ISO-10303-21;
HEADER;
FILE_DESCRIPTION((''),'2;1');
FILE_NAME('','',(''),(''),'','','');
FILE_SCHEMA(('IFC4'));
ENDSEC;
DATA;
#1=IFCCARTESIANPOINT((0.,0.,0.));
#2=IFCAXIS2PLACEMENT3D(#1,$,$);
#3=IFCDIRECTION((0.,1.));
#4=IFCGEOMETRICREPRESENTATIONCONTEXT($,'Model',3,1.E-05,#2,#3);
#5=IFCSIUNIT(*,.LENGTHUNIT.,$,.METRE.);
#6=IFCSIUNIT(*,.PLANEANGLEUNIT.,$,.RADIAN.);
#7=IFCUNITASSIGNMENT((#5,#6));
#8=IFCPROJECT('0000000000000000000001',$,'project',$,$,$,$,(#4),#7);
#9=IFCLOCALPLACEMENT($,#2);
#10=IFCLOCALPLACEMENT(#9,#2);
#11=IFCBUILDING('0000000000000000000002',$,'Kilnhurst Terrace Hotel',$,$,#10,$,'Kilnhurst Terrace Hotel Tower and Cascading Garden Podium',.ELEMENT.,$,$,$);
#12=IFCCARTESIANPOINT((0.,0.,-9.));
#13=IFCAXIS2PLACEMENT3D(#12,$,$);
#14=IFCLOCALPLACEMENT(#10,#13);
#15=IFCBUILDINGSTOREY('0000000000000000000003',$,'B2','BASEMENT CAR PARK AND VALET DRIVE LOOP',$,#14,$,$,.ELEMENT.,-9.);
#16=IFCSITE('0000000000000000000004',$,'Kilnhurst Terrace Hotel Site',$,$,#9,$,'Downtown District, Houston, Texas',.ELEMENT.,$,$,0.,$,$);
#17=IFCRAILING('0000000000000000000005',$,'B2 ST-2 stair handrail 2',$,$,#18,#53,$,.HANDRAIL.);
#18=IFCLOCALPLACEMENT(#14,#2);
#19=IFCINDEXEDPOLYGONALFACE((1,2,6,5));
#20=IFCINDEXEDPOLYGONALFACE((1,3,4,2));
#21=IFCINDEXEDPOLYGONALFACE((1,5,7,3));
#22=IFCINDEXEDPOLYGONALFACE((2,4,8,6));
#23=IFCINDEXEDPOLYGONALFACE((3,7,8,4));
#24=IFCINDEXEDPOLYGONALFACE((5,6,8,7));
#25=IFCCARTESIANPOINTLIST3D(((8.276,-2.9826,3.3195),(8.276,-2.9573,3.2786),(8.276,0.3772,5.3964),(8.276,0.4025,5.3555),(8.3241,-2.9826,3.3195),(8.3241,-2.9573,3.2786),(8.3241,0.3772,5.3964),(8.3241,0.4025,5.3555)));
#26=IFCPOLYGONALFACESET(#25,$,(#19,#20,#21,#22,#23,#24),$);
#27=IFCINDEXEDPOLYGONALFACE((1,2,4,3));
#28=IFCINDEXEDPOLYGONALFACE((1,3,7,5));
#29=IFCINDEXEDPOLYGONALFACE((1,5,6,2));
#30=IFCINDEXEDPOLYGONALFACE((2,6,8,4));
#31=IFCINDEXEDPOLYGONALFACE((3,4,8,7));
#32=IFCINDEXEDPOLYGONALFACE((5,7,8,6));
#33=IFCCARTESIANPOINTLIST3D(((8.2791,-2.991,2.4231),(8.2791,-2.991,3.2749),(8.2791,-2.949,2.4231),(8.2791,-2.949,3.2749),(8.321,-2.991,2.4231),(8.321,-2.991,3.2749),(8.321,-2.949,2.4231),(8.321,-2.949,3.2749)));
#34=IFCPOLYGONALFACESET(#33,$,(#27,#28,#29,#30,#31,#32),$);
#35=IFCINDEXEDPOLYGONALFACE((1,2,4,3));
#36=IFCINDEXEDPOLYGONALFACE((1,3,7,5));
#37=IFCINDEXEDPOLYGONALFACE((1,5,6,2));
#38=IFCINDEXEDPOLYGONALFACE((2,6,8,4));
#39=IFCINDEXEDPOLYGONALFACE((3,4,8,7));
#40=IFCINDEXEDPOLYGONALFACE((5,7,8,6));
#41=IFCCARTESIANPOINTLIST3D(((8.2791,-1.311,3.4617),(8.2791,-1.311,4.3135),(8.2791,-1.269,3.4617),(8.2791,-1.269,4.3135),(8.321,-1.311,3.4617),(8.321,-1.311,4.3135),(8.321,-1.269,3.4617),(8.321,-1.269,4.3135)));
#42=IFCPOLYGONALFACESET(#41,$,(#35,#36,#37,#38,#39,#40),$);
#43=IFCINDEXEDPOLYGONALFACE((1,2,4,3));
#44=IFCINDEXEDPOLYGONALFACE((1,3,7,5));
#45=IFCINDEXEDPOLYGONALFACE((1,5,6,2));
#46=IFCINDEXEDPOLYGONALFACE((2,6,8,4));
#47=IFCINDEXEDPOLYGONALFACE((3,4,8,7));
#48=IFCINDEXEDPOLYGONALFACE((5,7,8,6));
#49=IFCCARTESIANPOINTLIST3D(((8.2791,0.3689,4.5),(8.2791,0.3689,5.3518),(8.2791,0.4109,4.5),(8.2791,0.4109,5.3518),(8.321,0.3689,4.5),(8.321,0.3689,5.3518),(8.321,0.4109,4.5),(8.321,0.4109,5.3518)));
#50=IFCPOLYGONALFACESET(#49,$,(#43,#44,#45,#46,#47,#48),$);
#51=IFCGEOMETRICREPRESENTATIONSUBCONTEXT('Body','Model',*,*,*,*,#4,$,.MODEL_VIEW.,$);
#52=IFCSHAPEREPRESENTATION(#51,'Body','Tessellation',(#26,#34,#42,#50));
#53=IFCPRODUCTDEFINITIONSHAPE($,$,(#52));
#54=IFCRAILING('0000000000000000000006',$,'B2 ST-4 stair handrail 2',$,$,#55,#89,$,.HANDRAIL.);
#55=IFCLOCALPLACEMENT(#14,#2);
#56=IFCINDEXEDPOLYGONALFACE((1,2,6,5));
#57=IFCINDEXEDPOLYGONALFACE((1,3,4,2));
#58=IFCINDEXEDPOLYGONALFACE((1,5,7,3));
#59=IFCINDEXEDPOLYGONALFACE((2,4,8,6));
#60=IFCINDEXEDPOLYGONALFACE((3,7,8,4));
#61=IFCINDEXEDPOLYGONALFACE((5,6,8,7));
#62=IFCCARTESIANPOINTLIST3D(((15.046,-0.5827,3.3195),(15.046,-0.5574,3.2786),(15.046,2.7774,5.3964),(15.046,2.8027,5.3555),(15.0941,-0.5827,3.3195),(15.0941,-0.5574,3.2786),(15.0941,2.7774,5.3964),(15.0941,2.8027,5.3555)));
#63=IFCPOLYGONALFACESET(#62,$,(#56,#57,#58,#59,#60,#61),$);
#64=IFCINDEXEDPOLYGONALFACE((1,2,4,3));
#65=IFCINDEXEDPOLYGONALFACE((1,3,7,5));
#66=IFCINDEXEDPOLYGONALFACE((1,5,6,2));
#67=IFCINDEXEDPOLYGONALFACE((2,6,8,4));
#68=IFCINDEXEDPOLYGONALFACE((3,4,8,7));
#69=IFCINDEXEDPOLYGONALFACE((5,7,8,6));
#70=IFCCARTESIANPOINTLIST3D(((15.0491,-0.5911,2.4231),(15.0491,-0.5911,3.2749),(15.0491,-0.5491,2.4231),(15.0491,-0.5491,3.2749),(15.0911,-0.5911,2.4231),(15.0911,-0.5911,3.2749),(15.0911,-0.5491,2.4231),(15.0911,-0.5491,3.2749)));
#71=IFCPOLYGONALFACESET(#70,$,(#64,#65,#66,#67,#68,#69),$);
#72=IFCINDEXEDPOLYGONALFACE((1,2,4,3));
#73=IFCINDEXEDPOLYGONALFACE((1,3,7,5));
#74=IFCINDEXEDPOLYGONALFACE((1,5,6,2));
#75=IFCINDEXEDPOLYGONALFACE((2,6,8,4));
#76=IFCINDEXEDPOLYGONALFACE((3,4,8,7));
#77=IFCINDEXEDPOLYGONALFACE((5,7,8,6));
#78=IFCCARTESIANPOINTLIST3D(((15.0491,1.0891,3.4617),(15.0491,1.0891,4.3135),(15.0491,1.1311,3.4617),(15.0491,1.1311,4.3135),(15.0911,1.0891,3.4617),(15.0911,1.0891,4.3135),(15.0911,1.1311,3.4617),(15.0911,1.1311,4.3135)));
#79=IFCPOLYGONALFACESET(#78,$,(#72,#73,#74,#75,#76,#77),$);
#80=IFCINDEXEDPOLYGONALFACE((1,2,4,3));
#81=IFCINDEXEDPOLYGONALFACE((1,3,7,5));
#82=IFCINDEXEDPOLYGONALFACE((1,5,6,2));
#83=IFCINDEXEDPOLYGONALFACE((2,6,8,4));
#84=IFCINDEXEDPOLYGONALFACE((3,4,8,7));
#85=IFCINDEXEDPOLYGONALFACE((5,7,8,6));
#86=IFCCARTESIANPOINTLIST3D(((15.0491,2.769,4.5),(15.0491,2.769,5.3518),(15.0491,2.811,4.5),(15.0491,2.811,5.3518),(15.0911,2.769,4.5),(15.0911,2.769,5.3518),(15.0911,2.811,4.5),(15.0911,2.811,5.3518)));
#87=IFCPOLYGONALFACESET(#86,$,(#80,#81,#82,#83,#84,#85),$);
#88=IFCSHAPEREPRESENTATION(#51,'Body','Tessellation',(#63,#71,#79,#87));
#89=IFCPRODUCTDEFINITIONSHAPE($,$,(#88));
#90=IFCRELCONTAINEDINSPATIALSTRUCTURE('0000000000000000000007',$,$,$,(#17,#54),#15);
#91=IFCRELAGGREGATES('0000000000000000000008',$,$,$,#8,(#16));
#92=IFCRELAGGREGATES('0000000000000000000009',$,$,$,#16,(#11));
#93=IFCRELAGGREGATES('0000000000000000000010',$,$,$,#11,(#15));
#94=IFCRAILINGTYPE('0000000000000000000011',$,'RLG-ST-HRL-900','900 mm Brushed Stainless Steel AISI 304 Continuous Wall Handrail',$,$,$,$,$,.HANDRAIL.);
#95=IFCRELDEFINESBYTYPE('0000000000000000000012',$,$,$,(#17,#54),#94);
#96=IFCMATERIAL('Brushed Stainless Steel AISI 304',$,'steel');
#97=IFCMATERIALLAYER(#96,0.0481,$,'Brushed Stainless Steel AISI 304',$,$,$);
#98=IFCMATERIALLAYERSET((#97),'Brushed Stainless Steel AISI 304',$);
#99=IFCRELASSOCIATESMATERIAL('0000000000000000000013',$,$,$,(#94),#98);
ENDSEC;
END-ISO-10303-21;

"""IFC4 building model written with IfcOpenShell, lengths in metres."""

from ifc_helpers import new_model, si_unit, direction, frame, origin, origin_2d, place, context, subcontext, project, spatial, rectangle, extrude, material, layer, layer_set, type_object, element, save


model = new_model("IFC4")

# Units and contexts
model_context = context("Model", 3, precision=1e-05, world=origin(), true_north=direction((0.0, 1.0)))
body_context = subcontext(model_context, "Body", "Model", "MODEL_VIEW")
ifc_project = project(units=[si_unit("LENGTHUNIT", "METRE"), si_unit("PLANEANGLEUNIT", "RADIAN")], contexts=[model_context])

# Site, building, storey
site_placement = place(None, origin())
site = spatial("IfcSite", under=ifc_project, at=site_placement, Name="Kilnhurst Terrace Hotel Site", LongName="Downtown District, Houston, Texas", CompositionType="ELEMENT", RefElevation=0.0)
building_placement = place(site_placement, origin())
building = spatial("IfcBuilding", under=site, at=building_placement, Name="Kilnhurst Terrace Hotel", LongName="Kilnhurst Terrace Hotel Tower and Cascading Garden Podium", CompositionType="ELEMENT")
storey_placement = place(building_placement, frame((0.0, 0.0, -9.0)))
storey = spatial("IfcBuildingStorey", under=building, at=storey_placement, Name="B2", Description="BASEMENT CAR PARK AND VALET DRIVE LOOP", CompositionType="ELEMENT", Elevation=-9.0)

# Railings
ifc_material_1 = material(Name="Brushed Stainless Steel AISI 304", Category="steel")
ifc_layer_1 = layer(ifc_material_1, 0.0481, Name="Brushed Stainless Steel AISI 304")
ifc_layer_set_1 = layer_set([ifc_layer_1], Name="Brushed Stainless Steel AISI 304")
railing_type_1 = type_object("IfcRailingType", Name="RLG-ST-HRL-900", Description="900 mm Brushed Stainless Steel AISI 304 Continuous Wall Handrail", PredefinedType="HANDRAIL", material=ifc_layer_set_1)
railing_1_placement = place(storey_placement, frame((8.3, -2.97, 2.4231)))
element("IfcRailing", 1, at=railing_1_placement, inside=storey, type_object=railing_type_1, Name="B2 ST-2 stair handrail 2", PredefinedType="HANDRAIL", context=body_context, shape_type="SweptSolid", body=[
    extrude(rectangle(XDim=0.0481, YDim=0.0481, at=origin_2d()), frame((0.0, 0.0, 0.876), z_axis=(0.0, 0.850606, 0.525803), x_axis=(-1.0, 0.0, 0.0)), (0.0, 0.0, 1.0), 3.95),
    extrude(rectangle(XDim=0.042, YDim=0.042, at=origin_2d()), origin(), (0.0, 0.0, 1.0), 0.8518),
    extrude(rectangle(XDim=0.042, YDim=0.042, at=origin_2d()), frame((0.0, 1.6799, 1.0386)), (0.0, 0.0, 1.0), 0.8518),
    extrude(rectangle(XDim=0.042, YDim=0.042, at=origin_2d()), frame((0.0, 3.3599, 2.0769)), (0.0, 0.0, 1.0), 0.8518),
])
railing_2_placement = place(storey_placement, frame((15.0701, -0.5701, 2.4231)))
element("IfcRailing", 2, at=railing_2_placement, inside=storey, type_object=railing_type_1, Name="B2 ST-4 stair handrail 2", PredefinedType="HANDRAIL", context=body_context, shape_type="SweptSolid", body=[
    extrude(rectangle(XDim=0.0481, YDim=0.0481, at=origin_2d()), frame((0.0, 0.0, 0.876), z_axis=(0.0, 0.850623, 0.525776), x_axis=(-1.0, 0.0, 0.0)), (0.0, 0.0, 1.0), 3.9502),
    extrude(rectangle(XDim=0.042, YDim=0.042, at=origin_2d()), origin(), (0.0, 0.0, 1.0), 0.8518),
    extrude(rectangle(XDim=0.042, YDim=0.042, at=origin_2d()), frame((0.0, 1.6802, 1.0386)), (0.0, 0.0, 1.0), 0.8518),
    extrude(rectangle(XDim=0.042, YDim=0.042, at=origin_2d()), frame((0.0, 3.3601, 2.0769)), (0.0, 0.0, 1.0), 0.8518),
])

save(model, "model.ifc")
